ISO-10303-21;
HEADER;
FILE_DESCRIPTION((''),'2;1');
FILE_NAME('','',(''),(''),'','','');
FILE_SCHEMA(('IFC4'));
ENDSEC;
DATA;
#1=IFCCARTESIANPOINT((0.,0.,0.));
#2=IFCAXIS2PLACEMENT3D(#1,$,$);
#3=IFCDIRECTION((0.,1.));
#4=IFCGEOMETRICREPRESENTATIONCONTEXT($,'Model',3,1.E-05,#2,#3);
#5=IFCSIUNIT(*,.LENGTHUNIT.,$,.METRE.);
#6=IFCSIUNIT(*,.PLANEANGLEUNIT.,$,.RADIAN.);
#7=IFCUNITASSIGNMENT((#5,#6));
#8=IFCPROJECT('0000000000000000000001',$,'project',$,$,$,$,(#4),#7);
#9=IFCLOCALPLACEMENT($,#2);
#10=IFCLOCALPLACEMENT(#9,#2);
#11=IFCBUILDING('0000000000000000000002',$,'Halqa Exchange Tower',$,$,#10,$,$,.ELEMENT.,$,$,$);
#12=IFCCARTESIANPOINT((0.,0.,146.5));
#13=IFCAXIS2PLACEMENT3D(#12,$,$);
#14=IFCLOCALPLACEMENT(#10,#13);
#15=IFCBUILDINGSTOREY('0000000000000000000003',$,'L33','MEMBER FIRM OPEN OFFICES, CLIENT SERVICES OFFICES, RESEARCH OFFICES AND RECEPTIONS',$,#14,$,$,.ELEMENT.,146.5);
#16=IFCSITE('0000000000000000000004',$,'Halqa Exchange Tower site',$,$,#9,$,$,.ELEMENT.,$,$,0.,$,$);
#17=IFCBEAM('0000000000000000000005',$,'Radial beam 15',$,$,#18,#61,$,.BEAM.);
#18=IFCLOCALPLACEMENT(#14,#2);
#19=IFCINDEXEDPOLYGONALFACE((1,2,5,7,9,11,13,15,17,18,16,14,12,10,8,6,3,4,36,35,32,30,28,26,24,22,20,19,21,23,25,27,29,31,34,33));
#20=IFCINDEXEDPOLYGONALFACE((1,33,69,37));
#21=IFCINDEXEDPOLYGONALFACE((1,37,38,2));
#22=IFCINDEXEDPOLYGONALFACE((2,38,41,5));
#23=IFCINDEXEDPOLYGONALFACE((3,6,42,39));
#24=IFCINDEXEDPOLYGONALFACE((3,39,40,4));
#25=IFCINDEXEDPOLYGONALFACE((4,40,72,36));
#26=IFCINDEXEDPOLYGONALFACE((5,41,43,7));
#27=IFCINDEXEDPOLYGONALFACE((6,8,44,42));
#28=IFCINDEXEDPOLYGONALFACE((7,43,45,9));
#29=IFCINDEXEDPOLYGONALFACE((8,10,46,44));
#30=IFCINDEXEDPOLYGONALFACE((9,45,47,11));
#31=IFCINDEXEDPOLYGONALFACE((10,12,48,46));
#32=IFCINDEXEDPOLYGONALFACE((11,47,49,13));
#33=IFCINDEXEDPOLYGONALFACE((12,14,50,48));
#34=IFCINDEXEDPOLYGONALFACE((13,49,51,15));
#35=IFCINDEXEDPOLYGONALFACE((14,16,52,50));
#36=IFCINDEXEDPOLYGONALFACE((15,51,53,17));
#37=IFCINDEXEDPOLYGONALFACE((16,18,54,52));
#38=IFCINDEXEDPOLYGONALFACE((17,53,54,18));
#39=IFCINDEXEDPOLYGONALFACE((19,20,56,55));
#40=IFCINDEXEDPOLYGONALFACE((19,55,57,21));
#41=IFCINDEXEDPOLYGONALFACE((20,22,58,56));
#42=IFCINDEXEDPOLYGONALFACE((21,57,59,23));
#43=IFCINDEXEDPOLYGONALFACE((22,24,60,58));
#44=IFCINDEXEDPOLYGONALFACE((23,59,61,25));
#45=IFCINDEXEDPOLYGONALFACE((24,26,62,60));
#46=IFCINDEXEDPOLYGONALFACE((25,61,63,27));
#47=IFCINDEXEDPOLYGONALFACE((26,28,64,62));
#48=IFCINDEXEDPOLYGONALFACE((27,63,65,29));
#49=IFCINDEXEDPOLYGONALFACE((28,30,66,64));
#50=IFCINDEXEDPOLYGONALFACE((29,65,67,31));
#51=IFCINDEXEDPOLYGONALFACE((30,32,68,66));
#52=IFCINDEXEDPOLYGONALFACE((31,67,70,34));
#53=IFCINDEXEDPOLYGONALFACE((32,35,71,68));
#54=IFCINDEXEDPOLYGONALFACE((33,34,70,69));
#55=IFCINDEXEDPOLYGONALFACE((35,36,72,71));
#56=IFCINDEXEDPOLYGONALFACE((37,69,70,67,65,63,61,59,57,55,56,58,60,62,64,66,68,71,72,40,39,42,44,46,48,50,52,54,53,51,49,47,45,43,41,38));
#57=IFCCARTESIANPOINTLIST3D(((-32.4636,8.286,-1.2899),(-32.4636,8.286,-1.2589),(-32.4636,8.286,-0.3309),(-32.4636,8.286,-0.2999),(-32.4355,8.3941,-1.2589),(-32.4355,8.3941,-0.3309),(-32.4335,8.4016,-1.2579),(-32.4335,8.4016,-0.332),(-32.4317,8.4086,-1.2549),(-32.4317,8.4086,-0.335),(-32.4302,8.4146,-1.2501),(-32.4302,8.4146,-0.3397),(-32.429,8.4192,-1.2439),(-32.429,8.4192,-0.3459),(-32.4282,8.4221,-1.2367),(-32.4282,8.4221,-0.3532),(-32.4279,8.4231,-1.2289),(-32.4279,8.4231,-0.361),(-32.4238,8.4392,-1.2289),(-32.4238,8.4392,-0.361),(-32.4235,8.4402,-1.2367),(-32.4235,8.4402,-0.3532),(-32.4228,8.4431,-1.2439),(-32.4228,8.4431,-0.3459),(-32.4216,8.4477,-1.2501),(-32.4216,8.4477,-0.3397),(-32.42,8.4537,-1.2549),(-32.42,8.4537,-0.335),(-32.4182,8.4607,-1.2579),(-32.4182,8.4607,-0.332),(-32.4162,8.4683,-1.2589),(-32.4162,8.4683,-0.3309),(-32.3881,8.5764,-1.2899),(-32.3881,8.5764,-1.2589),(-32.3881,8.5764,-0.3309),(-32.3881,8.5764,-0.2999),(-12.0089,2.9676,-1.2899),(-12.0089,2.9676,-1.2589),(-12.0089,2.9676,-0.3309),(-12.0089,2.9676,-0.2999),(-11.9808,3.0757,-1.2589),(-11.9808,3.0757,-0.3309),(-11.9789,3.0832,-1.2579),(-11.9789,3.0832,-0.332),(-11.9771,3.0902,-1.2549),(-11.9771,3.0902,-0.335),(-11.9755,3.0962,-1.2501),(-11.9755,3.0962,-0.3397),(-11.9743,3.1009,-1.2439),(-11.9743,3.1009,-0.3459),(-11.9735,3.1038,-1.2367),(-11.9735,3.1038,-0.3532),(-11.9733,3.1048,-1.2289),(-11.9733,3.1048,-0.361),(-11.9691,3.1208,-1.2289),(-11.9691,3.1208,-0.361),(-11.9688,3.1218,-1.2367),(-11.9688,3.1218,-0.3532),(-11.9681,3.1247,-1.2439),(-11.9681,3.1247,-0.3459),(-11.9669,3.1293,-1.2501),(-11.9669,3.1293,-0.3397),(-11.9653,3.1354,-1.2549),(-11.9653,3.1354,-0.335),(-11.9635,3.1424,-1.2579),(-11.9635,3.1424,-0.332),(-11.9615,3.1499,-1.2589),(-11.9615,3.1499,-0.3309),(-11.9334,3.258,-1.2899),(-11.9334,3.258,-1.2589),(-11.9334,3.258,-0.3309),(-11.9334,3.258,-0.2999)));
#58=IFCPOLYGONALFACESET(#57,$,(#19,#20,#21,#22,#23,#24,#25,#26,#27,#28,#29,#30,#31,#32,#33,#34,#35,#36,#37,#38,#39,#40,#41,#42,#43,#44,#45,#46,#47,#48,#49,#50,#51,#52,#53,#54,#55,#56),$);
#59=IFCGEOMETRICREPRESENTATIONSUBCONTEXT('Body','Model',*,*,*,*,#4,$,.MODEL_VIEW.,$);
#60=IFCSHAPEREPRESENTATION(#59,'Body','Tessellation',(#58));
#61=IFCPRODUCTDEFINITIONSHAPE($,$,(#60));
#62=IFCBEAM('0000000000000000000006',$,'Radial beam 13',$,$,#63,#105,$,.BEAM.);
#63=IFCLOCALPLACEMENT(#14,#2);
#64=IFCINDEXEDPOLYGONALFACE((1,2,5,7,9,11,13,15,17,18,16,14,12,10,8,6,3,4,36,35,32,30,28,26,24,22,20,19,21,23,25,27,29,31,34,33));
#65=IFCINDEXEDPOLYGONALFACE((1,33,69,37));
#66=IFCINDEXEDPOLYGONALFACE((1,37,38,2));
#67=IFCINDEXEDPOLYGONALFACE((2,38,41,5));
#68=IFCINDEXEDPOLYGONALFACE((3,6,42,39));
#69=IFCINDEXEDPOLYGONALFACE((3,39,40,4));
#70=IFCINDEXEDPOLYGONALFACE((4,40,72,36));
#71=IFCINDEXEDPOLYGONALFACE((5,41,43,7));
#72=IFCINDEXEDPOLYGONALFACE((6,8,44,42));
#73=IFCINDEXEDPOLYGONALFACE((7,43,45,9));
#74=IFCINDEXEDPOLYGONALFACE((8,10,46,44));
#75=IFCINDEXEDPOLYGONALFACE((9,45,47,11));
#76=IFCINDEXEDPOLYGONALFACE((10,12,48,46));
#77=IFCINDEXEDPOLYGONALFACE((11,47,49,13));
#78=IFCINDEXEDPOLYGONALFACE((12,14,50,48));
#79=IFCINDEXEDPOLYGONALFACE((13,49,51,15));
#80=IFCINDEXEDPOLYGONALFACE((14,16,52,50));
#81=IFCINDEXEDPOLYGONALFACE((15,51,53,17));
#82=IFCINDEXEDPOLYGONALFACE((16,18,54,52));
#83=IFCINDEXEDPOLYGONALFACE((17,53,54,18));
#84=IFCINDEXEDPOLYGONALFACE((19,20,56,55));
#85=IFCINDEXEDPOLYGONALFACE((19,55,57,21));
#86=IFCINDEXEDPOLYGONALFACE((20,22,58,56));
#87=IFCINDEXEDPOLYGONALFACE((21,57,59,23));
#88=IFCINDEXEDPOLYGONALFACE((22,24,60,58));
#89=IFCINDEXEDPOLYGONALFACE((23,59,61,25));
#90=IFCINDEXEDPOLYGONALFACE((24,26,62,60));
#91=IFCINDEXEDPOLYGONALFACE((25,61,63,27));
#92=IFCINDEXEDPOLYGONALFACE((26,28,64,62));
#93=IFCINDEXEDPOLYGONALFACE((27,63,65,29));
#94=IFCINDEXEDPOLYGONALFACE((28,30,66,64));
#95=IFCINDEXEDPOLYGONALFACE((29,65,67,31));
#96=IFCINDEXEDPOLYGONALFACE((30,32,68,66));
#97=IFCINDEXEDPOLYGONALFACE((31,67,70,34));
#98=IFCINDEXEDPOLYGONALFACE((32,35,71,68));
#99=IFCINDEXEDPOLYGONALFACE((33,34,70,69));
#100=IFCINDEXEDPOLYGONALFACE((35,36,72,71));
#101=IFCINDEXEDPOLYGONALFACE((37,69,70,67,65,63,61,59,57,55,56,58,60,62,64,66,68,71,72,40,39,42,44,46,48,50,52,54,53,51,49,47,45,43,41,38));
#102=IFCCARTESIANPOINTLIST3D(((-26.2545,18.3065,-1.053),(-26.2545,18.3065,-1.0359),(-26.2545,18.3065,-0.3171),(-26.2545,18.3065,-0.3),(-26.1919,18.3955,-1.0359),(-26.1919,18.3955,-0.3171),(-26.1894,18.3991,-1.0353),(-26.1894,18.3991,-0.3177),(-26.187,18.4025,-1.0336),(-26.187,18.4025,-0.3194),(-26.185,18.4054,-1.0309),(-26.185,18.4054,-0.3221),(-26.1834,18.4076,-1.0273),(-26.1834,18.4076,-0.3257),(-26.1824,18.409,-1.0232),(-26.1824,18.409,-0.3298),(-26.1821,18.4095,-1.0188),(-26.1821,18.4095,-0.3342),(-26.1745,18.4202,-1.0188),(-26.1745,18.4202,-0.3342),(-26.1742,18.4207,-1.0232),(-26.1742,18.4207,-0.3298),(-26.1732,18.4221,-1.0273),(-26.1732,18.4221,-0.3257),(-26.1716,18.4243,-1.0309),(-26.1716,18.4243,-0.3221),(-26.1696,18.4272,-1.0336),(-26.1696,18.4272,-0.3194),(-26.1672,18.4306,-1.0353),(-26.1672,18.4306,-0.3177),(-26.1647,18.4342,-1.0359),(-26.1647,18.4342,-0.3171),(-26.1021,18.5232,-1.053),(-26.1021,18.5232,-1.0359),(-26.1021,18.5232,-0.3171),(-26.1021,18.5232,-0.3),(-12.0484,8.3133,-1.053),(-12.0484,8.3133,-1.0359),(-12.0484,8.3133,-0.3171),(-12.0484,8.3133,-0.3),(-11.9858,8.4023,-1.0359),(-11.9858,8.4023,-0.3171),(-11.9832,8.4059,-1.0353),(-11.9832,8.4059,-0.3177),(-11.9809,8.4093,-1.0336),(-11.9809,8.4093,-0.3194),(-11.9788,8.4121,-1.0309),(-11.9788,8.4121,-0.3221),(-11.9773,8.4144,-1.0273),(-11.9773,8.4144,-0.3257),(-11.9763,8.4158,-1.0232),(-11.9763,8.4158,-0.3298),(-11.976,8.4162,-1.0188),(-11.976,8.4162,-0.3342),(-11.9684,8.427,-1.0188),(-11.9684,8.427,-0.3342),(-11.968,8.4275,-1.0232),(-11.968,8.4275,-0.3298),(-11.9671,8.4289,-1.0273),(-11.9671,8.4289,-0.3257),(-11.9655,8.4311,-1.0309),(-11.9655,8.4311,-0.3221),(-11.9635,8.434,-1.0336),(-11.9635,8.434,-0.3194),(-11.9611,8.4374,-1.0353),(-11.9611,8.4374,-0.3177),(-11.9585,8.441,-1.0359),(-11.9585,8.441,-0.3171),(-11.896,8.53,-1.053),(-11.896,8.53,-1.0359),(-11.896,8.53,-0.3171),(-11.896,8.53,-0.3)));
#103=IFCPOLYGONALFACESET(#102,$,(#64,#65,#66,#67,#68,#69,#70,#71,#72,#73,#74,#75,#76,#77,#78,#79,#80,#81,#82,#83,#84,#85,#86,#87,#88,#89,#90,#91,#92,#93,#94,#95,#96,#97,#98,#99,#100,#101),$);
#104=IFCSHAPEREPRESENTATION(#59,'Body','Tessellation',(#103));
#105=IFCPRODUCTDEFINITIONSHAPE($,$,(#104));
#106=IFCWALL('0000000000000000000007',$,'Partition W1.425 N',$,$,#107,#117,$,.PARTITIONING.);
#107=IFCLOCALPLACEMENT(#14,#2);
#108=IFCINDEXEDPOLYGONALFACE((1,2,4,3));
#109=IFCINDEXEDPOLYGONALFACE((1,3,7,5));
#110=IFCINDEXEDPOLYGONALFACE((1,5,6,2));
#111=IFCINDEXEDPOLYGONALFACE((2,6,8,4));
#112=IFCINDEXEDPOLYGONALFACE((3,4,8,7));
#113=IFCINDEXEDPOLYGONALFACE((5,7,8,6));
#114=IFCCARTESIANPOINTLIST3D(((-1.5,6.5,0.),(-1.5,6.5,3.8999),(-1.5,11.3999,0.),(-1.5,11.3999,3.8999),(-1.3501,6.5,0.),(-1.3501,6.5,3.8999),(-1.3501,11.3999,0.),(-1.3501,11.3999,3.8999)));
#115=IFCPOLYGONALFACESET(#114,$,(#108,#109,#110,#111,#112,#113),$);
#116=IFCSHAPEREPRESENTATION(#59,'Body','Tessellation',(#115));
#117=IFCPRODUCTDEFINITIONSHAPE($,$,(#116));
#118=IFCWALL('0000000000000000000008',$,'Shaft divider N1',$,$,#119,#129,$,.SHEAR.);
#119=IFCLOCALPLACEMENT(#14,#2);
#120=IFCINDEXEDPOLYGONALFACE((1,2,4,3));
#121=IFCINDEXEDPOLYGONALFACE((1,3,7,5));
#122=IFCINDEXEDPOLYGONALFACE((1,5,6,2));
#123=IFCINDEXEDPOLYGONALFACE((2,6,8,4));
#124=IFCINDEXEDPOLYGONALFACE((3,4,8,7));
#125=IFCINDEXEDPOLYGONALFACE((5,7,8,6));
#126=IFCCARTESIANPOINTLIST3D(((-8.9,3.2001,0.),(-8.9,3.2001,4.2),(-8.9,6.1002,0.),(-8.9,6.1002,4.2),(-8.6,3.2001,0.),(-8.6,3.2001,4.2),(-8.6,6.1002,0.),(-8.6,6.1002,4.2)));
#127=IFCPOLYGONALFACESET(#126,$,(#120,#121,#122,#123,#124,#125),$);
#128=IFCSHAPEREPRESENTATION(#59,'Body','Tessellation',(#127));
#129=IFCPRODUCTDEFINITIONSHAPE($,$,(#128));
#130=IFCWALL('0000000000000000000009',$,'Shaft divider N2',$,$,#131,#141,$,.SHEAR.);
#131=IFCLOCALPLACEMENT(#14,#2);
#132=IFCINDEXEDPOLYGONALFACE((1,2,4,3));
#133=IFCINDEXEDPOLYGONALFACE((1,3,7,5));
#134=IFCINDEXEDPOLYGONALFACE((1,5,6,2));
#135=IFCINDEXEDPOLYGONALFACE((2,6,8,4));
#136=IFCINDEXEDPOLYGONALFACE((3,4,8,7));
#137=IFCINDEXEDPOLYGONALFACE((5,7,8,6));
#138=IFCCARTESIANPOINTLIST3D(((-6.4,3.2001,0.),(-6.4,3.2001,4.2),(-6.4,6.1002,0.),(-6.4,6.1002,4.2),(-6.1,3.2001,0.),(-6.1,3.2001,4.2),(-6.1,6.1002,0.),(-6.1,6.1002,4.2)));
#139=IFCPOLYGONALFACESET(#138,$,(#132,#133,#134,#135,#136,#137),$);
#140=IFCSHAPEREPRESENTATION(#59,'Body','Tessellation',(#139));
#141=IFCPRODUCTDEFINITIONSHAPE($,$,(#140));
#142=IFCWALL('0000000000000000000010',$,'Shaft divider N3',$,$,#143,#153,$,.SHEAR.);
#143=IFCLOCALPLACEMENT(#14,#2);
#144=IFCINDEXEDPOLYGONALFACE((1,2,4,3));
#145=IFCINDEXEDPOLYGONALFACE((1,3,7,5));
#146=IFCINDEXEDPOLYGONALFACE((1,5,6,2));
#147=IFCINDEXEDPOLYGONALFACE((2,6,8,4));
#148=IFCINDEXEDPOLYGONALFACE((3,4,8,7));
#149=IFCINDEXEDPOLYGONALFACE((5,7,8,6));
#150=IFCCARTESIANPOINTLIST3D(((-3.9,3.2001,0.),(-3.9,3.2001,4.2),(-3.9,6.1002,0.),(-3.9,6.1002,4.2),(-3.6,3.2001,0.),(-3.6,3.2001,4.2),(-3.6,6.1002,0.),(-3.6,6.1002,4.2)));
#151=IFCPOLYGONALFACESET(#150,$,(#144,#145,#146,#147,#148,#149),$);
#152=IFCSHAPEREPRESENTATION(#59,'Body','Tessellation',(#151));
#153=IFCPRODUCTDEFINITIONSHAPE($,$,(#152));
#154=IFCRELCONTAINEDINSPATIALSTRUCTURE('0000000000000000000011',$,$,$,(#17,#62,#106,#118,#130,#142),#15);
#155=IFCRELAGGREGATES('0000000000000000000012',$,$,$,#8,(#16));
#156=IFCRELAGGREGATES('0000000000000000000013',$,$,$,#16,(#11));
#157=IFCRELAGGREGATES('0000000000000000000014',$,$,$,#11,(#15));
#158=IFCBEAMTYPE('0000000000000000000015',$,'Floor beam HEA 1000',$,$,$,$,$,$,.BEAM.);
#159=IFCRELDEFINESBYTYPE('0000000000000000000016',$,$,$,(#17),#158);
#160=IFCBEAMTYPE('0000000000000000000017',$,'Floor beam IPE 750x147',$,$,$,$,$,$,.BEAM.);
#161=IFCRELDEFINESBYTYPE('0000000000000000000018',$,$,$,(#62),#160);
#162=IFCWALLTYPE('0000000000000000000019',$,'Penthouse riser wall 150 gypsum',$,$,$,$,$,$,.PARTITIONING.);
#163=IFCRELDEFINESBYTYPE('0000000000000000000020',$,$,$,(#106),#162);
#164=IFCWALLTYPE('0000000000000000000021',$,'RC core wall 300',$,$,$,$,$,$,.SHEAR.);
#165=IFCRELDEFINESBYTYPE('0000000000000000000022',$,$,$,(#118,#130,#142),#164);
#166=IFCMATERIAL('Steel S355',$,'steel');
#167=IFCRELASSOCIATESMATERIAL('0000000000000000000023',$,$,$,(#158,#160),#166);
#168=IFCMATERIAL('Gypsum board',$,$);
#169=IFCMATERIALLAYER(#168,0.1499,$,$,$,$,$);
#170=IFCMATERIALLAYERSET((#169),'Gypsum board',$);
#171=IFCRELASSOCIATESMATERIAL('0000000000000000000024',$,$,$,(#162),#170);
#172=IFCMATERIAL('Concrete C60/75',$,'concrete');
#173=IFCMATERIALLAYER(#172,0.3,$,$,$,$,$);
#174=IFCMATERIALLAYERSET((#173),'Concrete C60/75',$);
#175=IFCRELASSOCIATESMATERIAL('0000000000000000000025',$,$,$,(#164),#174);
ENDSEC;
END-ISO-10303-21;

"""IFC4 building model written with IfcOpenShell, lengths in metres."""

from ifc_helpers import new_model, si_unit, direction, frame, frame_2d, origin, origin_2d, place, context, subcontext, project, spatial, rectangle, i_section, extrude, material, layer, layer_set, material_profile, profile_set, type_object, element, save


model = new_model("IFC4")

# Units and contexts
model_context = context("Model", 3, precision=1e-05, world=origin(), true_north=direction((0.0, 1.0)))
body_context = subcontext(model_context, "Body", "Model", "MODEL_VIEW")
ifc_project = project(units=[si_unit("LENGTHUNIT", "METRE"), si_unit("PLANEANGLEUNIT", "RADIAN")], contexts=[model_context])

# Site, building, storey
site_placement = place(None, origin())
site = spatial("IfcSite", under=ifc_project, at=site_placement, Name="Halqa Exchange Tower site", CompositionType="ELEMENT", RefElevation=0.0)
building_placement = place(site_placement, origin())
building = spatial("IfcBuilding", under=site, at=building_placement, Name="Halqa Exchange Tower", CompositionType="ELEMENT")
storey_placement = place(building_placement, frame((0.0, 0.0, 146.5)))
storey = spatial("IfcBuildingStorey", under=building, at=storey_placement, Name="L33", Description="MEMBER FIRM OPEN OFFICES, CLIENT SERVICES OFFICES, RESEARCH OFFICES AND RECEPTIONS", CompositionType="ELEMENT", Elevation=146.5)

# Beams
ifc_material_1 = material(Name="Steel S355", Category="steel")
ifc_material_profile_1 = material_profile(ifc_material_1, i_section(OverallWidth=0.3, OverallDepth=0.99, WebThickness=0.0166, FlangeThickness=0.031, FilletRadius=0.03, at=origin_2d()), Name="HEA 1000")
ifc_profile_set_1 = profile_set([ifc_material_profile_1], Name="Steel S355")
beam_type_1 = type_object("IfcBeamType", Name="Floor beam HEA 1000", PredefinedType="BEAM", material=ifc_profile_set_1)
beam_1_placement = place(storey_placement, frame((-11.9712, 3.1128, -0.7949), z_axis=(-0.967821, 0.251641, 0.0), x_axis=(-0.251641, -0.967821, 0.0)))
element("IfcBeam", 1, at=beam_1_placement, inside=storey, type_object=beam_type_1, Name="Radial beam 15", PredefinedType="BEAM", context=body_context, shape_type="SweptSolid", body=[
    extrude(i_section(OverallWidth=0.3, OverallDepth=0.99, WebThickness=0.0166, FlangeThickness=0.031, FilletRadius=0.03, at=origin_2d()), origin(), (0.0, 0.0, 1.0), 21.1348),
])
ifc_material_profile_2 = material_profile(ifc_material_1, i_section(OverallWidth=0.2649, OverallDepth=0.7529, WebThickness=0.0132, FlangeThickness=0.0171, FilletRadius=0.0171, at=origin_2d()), Name="IPE 750x147")
ifc_profile_set_2 = profile_set([ifc_material_profile_2], Name="Steel S355")
beam_type_2 = type_object("IfcBeamType", Name="Floor beam IPE 750x147", PredefinedType="BEAM", material=ifc_profile_set_2)
beam_2_placement = place(storey_placement, frame((-11.9722, 8.4216, -0.6765), z_axis=(-0.817906, 0.575351, 0.0), x_axis=(-0.575351, -0.817906, 0.0)))
element("IfcBeam", 2, at=beam_2_placement, inside=storey, type_object=beam_type_2, Name="Radial beam 13", PredefinedType="BEAM", context=body_context, shape_type="SweptSolid", body=[
    extrude(i_section(OverallWidth=0.2649, OverallDepth=0.7529, WebThickness=0.0132, FlangeThickness=0.0171, FilletRadius=0.0171, at=origin_2d()), origin(), (0.0, 0.0, 1.0), 17.3689),
])

# Walls
ifc_material_2 = material(Name="Gypsum board")
ifc_layer_1 = layer(ifc_material_2, 0.1499)
ifc_layer_set_1 = layer_set([ifc_layer_1], Name="Gypsum board")
wall_type_1 = type_object("IfcWallType", Name="Penthouse riser wall 150 gypsum", PredefinedType="PARTITIONING", material=ifc_layer_set_1)
wall_1_placement = place(storey_placement, frame((-1.425, 6.5, 0.0), z_axis=(0.0, 0.0, 1.0), x_axis=(0.0, 1.0, 0.0)))
element("IfcWall", 3, at=wall_1_placement, inside=storey, type_object=wall_type_1, Name="Partition W1.425 N", PredefinedType="PARTITIONING", context=body_context, shape_type="SweptSolid", body=[
    extrude(rectangle(XDim=4.8999, YDim=0.1499, at=frame_2d((2.45, 0.0))), origin(), (0.0, 0.0, 1.0), 3.8999),
])
ifc_material_3 = material(Name="Concrete C60/75", Category="concrete")
ifc_layer_2 = layer(ifc_material_3, 0.3)
ifc_layer_set_2 = layer_set([ifc_layer_2], Name="Concrete C60/75")
wall_type_2 = type_object("IfcWallType", Name="RC core wall 300", PredefinedType="SHEAR", material=ifc_layer_set_2)
for number, where, z_axis, x_axis, name in (
    (4, (-8.75, 3.2, 0.0), (0.0, 0.0, 1.0), (0.0, 1.0, 0.0), "Shaft divider N1"),
    (5, (-6.25, 3.2, 0.0), (0.0, 0.0, 1.0), (0.0, 1.0, 0.0), "Shaft divider N2"),
    (6, (-3.75, 3.2, 0.0), (0.0, 0.0, 1.0), (0.0, 1.0, 0.0), "Shaft divider N3"),
):
    element("IfcWall", number, at=place(storey_placement, frame(where, z_axis=z_axis, x_axis=x_axis)), inside=storey, type_object=wall_type_2, Name=name, PredefinedType="SHEAR", context=body_context, shape_type="SweptSolid", body=[
        extrude(rectangle(XDim=2.9001, YDim=0.3, at=frame_2d((1.4502, 0.0))), origin(), (0.0, 0.0, 1.0), 4.2),
    ])

save(model, "model.ifc")
